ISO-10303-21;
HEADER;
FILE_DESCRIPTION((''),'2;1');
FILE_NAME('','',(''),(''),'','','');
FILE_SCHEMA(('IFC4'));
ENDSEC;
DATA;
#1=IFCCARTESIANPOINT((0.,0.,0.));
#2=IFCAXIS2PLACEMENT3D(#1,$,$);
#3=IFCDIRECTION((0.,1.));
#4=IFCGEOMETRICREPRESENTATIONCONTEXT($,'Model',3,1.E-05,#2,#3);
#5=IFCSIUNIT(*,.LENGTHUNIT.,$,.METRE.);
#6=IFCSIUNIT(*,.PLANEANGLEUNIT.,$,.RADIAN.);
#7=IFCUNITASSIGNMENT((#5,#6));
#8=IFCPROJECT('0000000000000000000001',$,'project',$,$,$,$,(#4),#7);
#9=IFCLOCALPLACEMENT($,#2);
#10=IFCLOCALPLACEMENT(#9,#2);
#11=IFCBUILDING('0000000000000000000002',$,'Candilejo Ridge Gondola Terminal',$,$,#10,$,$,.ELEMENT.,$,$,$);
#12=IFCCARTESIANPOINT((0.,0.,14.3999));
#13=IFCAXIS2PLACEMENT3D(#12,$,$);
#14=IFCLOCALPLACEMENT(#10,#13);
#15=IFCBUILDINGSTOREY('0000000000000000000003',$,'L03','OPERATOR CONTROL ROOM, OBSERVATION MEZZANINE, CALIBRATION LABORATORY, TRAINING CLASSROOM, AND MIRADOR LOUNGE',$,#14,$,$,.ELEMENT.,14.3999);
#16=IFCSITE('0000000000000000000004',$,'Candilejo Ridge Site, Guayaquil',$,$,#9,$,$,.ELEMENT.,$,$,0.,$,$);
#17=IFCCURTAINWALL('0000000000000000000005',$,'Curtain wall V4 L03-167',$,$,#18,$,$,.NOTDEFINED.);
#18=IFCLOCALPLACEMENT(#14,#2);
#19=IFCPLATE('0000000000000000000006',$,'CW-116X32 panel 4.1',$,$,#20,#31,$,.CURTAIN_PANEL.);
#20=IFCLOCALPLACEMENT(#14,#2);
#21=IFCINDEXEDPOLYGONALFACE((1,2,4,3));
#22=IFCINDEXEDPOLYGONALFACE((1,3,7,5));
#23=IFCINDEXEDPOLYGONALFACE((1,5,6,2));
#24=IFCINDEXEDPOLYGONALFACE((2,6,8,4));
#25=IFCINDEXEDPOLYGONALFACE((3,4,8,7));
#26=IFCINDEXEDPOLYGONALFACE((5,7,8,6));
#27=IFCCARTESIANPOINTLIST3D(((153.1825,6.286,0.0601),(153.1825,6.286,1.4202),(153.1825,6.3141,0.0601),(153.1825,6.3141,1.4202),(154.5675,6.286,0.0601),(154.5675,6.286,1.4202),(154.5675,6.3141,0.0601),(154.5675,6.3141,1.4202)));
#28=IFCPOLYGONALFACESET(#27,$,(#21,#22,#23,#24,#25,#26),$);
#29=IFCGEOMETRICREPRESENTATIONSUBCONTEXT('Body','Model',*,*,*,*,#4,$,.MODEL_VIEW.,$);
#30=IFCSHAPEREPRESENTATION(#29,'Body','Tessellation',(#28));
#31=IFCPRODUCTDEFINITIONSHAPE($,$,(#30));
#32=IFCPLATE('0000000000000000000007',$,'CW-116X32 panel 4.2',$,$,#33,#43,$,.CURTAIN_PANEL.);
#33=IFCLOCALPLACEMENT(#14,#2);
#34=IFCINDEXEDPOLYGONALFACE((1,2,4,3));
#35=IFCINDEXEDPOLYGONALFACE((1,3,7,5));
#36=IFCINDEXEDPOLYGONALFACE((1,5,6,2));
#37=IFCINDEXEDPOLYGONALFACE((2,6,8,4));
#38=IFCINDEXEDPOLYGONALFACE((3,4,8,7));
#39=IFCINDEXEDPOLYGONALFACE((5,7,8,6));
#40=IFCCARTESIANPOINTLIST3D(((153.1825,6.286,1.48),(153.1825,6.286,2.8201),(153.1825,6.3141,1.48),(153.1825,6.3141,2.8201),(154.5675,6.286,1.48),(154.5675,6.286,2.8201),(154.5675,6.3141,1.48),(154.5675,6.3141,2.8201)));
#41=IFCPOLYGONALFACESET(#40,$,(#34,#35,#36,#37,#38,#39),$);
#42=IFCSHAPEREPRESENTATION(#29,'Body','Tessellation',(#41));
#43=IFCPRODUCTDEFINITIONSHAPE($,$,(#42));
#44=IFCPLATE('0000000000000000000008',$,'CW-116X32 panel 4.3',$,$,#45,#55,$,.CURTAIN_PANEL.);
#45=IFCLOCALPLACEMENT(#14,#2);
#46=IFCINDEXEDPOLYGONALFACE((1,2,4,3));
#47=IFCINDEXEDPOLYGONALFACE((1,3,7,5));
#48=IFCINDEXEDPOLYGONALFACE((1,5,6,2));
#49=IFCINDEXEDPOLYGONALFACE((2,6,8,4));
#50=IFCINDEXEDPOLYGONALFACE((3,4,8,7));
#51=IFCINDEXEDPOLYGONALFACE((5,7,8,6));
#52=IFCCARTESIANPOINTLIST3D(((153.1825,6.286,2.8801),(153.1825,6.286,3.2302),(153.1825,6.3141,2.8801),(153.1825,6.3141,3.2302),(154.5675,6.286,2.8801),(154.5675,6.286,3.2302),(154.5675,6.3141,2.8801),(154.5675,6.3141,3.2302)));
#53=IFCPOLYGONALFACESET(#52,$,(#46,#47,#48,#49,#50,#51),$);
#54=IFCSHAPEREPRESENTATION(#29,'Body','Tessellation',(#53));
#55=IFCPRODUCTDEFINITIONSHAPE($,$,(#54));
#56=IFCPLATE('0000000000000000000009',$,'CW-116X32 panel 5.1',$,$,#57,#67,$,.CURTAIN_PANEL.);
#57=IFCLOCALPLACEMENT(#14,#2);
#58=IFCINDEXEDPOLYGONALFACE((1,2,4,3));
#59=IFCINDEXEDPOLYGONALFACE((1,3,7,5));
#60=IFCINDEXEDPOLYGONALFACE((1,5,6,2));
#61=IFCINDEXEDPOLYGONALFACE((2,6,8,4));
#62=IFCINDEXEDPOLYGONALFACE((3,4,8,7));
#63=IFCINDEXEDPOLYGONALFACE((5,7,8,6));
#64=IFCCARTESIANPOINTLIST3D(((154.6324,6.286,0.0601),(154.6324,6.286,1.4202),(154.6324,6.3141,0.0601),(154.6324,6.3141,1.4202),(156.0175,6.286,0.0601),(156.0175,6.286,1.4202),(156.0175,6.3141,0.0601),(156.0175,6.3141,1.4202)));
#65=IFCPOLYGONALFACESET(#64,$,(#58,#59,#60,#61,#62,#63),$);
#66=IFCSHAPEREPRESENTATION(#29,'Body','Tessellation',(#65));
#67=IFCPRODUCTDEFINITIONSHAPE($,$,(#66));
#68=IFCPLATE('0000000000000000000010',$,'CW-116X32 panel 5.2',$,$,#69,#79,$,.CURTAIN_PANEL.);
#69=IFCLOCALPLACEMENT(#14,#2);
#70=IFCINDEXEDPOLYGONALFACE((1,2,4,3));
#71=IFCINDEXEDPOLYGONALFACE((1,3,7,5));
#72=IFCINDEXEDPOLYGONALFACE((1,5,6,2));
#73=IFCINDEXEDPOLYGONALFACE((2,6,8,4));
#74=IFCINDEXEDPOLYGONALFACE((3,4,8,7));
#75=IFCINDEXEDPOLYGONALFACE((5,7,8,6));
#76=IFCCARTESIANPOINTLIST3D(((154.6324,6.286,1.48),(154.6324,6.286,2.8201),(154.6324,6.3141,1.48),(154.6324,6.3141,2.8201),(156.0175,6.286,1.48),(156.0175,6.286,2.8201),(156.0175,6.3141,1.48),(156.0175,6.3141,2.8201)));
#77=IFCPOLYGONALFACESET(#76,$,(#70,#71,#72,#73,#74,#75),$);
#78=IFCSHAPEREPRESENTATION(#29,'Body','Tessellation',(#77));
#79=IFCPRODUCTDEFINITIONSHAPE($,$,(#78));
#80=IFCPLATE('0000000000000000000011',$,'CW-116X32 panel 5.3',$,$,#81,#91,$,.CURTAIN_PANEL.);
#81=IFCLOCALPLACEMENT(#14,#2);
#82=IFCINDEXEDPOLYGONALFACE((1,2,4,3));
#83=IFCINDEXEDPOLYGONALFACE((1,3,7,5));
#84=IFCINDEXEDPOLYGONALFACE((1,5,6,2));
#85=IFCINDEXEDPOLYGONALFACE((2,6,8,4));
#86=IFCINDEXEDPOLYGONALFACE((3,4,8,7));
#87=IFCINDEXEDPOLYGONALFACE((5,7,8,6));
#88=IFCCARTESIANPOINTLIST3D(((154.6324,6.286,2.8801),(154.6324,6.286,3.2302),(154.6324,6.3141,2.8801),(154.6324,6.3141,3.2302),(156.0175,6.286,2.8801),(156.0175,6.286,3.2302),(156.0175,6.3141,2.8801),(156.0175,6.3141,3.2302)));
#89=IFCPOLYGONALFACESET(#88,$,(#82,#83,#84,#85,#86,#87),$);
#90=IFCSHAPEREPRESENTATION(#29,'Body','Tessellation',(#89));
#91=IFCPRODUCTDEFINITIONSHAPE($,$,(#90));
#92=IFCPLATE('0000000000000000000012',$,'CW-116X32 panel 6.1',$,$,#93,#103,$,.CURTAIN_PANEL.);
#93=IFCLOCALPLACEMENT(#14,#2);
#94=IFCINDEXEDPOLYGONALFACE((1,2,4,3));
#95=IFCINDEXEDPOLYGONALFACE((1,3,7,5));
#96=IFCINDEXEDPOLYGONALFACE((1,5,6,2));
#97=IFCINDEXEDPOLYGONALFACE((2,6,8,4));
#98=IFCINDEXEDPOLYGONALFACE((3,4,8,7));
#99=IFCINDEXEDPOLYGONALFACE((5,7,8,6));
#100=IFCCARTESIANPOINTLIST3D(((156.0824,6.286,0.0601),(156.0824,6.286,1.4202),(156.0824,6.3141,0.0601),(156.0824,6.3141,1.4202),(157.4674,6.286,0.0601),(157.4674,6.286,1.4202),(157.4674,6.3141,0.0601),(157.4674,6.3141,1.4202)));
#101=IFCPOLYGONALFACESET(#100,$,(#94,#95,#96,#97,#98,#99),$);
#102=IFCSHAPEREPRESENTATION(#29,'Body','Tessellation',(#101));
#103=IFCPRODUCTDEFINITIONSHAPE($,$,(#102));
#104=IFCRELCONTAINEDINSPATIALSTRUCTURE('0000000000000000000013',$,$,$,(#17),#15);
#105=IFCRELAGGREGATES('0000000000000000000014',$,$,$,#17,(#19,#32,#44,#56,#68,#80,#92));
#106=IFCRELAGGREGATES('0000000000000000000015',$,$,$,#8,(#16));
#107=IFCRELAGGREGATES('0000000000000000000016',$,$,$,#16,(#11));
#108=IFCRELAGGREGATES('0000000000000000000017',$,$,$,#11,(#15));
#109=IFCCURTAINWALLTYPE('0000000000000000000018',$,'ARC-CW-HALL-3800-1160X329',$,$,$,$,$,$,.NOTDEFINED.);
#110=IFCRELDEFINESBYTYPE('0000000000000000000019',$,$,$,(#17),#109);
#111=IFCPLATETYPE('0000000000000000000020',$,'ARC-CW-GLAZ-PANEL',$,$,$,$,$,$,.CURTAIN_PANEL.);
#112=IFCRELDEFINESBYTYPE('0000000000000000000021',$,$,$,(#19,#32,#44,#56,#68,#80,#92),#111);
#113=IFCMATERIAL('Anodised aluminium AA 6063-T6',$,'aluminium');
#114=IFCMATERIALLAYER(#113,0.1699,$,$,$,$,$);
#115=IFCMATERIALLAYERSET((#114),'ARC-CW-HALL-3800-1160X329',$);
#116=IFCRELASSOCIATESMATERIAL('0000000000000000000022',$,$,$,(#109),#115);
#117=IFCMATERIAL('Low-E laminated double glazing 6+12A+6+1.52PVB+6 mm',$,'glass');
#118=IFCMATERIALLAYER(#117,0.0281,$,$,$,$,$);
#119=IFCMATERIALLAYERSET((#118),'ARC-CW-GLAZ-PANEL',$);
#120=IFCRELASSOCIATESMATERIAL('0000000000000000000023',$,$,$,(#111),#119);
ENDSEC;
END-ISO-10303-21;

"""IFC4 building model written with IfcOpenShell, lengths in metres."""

from ifc_helpers import new_model, si_unit, direction, frame, origin, origin_2d, place, context, subcontext, project, spatial, rectangle, extrude, material, layer, layer_set, type_object, element, aggregate, save


model = new_model("IFC4")

# Units and contexts
model_context = context("Model", 3, precision=1e-05, world=origin(), true_north=direction((0.0, 1.0)))
body_context = subcontext(model_context, "Body", "Model", "MODEL_VIEW")
ifc_project = project(units=[si_unit("LENGTHUNIT", "METRE"), si_unit("PLANEANGLEUNIT", "RADIAN")], contexts=[model_context])

# Site, building, storey
site_placement = place(None, origin())
site = spatial("IfcSite", under=ifc_project, at=site_placement, Name="Candilejo Ridge Site, Guayaquil", CompositionType="ELEMENT", RefElevation=0.0)
building_placement = place(site_placement, origin())
building = spatial("IfcBuilding", under=site, at=building_placement, Name="Candilejo Ridge Gondola Terminal", CompositionType="ELEMENT")
storey_placement = place(building_placement, frame((0.0, 0.0, 14.3999)))
storey = spatial("IfcBuildingStorey", under=building, at=storey_placement, Name="L03", Description="OPERATOR CONTROL ROOM, OBSERVATION MEZZANINE, CALIBRATION LABORATORY, TRAINING CLASSROOM, AND MIRADOR LOUNGE", CompositionType="ELEMENT", Elevation=14.3999)

# Curtain wall, plates
ifc_material_1 = material(Name="Anodised aluminium AA 6063-T6", Category="aluminium")
ifc_layer_1 = layer(ifc_material_1, 0.1699)
ifc_layer_set_1 = layer_set([ifc_layer_1], Name="ARC-CW-HALL-3800-1160X329")
curtain_wall_type = type_object("IfcCurtainWallType", Name="ARC-CW-HALL-3800-1160X329", PredefinedType="NOTDEFINED", material=ifc_layer_set_1)
curtain_wall_placement = place(storey_placement, origin())
curtain_wall = element("IfcCurtainWall", 1, at=curtain_wall_placement, inside=storey, type_object=curtain_wall_type, Name="Curtain wall V4 L03-167", PredefinedType="NOTDEFINED")
ifc_material_2 = material(Name="Low-E laminated double glazing 6+12A+6+1.52PVB+6 mm", Category="glass")
ifc_layer_2 = layer(ifc_material_2, 0.0281)
ifc_layer_set_2 = layer_set([ifc_layer_2], Name="ARC-CW-GLAZ-PANEL")
plate_type = type_object("IfcPlateType", Name="ARC-CW-GLAZ-PANEL", PredefinedType="CURTAIN_PANEL", material=ifc_layer_set_2)
plate_1_placement = place(storey_placement, frame((153.875, 6.3, 0.0601), z_axis=(0.0, 0.0, 1.0), x_axis=(1.0, 0.0, 0.0)))
plate_1 = element("IfcPlate", 2, at=plate_1_placement, type_object=plate_type, Name="CW-116X32 panel 4.1", PredefinedType="CURTAIN_PANEL", context=body_context, shape_type="SweptSolid", body=[
    extrude(rectangle(XDim=1.385, YDim=0.0281, at=origin_2d()), origin(), (0.0, 0.0, 1.0), 1.3601),
])
plate_2_placement = place(storey_placement, frame((153.875, 6.3, 1.48), z_axis=(0.0, 0.0, 1.0), x_axis=(1.0, 0.0, 0.0)))
plate_2 = element("IfcPlate", 3, at=plate_2_placement, type_object=plate_type, Name="CW-116X32 panel 4.2", PredefinedType="CURTAIN_PANEL", context=body_context, shape_type="SweptSolid", body=[
    extrude(rectangle(XDim=1.385, YDim=0.0281, at=origin_2d()), origin(), (0.0, 0.0, 1.0), 1.3401),
])
plate_3_placement = place(storey_placement, frame((153.875, 6.3, 2.8801), z_axis=(0.0, 0.0, 1.0), x_axis=(1.0, 0.0, 0.0)))
plate_3 = element("IfcPlate", 4, at=plate_3_placement, type_object=plate_type, Name="CW-116X32 panel 4.3", PredefinedType="CURTAIN_PANEL", context=body_context, shape_type="SweptSolid", body=[
    extrude(rectangle(XDim=1.385, YDim=0.0281, at=origin_2d()), origin(), (0.0, 0.0, 1.0), 0.3501),
])
plate_4_placement = place(storey_placement, frame((155.325, 6.3, 0.0601), z_axis=(0.0, 0.0, 1.0), x_axis=(1.0, 0.0, 0.0)))
plate_4 = element("IfcPlate", 5, at=plate_4_placement, type_object=plate_type, Name="CW-116X32 panel 5.1", PredefinedType="CURTAIN_PANEL", context=body_context, shape_type="SweptSolid", body=[
    extrude(rectangle(XDim=1.385, YDim=0.0281, at=origin_2d()), origin(), (0.0, 0.0, 1.0), 1.3601),
])
plate_5_placement = place(storey_placement, frame((155.325, 6.3, 1.48), z_axis=(0.0, 0.0, 1.0), x_axis=(1.0, 0.0, 0.0)))
plate_5 = element("IfcPlate", 6, at=plate_5_placement, type_object=plate_type, Name="CW-116X32 panel 5.2", PredefinedType="CURTAIN_PANEL", context=body_context, shape_type="SweptSolid", body=[
    extrude(rectangle(XDim=1.385, YDim=0.0281, at=origin_2d()), origin(), (0.0, 0.0, 1.0), 1.3401),
])
plate_6_placement = place(storey_placement, frame((155.325, 6.3, 2.8801), z_axis=(0.0, 0.0, 1.0), x_axis=(1.0, 0.0, 0.0)))
plate_6 = element("IfcPlate", 7, at=plate_6_placement, type_object=plate_type, Name="CW-116X32 panel 5.3", PredefinedType="CURTAIN_PANEL", context=body_context, shape_type="SweptSolid", body=[
    extrude(rectangle(XDim=1.385, YDim=0.0281, at=origin_2d()), origin(), (0.0, 0.0, 1.0), 0.3501),
])
plate_7_placement = place(storey_placement, frame((156.7749, 6.3, 0.0601), z_axis=(0.0, 0.0, 1.0), x_axis=(1.0, 0.0, 0.0)))
plate_7 = element("IfcPlate", 8, at=plate_7_placement, type_object=plate_type, Name="CW-116X32 panel 6.1", PredefinedType="CURTAIN_PANEL", context=body_context, shape_type="SweptSolid", body=[
    extrude(rectangle(XDim=1.385, YDim=0.0281, at=origin_2d()), origin(), (0.0, 0.0, 1.0), 1.3601),
])
aggregate(curtain_wall, [plate_1, plate_2, plate_3, plate_4, plate_5, plate_6, plate_7])

save(model, "model.ifc")
